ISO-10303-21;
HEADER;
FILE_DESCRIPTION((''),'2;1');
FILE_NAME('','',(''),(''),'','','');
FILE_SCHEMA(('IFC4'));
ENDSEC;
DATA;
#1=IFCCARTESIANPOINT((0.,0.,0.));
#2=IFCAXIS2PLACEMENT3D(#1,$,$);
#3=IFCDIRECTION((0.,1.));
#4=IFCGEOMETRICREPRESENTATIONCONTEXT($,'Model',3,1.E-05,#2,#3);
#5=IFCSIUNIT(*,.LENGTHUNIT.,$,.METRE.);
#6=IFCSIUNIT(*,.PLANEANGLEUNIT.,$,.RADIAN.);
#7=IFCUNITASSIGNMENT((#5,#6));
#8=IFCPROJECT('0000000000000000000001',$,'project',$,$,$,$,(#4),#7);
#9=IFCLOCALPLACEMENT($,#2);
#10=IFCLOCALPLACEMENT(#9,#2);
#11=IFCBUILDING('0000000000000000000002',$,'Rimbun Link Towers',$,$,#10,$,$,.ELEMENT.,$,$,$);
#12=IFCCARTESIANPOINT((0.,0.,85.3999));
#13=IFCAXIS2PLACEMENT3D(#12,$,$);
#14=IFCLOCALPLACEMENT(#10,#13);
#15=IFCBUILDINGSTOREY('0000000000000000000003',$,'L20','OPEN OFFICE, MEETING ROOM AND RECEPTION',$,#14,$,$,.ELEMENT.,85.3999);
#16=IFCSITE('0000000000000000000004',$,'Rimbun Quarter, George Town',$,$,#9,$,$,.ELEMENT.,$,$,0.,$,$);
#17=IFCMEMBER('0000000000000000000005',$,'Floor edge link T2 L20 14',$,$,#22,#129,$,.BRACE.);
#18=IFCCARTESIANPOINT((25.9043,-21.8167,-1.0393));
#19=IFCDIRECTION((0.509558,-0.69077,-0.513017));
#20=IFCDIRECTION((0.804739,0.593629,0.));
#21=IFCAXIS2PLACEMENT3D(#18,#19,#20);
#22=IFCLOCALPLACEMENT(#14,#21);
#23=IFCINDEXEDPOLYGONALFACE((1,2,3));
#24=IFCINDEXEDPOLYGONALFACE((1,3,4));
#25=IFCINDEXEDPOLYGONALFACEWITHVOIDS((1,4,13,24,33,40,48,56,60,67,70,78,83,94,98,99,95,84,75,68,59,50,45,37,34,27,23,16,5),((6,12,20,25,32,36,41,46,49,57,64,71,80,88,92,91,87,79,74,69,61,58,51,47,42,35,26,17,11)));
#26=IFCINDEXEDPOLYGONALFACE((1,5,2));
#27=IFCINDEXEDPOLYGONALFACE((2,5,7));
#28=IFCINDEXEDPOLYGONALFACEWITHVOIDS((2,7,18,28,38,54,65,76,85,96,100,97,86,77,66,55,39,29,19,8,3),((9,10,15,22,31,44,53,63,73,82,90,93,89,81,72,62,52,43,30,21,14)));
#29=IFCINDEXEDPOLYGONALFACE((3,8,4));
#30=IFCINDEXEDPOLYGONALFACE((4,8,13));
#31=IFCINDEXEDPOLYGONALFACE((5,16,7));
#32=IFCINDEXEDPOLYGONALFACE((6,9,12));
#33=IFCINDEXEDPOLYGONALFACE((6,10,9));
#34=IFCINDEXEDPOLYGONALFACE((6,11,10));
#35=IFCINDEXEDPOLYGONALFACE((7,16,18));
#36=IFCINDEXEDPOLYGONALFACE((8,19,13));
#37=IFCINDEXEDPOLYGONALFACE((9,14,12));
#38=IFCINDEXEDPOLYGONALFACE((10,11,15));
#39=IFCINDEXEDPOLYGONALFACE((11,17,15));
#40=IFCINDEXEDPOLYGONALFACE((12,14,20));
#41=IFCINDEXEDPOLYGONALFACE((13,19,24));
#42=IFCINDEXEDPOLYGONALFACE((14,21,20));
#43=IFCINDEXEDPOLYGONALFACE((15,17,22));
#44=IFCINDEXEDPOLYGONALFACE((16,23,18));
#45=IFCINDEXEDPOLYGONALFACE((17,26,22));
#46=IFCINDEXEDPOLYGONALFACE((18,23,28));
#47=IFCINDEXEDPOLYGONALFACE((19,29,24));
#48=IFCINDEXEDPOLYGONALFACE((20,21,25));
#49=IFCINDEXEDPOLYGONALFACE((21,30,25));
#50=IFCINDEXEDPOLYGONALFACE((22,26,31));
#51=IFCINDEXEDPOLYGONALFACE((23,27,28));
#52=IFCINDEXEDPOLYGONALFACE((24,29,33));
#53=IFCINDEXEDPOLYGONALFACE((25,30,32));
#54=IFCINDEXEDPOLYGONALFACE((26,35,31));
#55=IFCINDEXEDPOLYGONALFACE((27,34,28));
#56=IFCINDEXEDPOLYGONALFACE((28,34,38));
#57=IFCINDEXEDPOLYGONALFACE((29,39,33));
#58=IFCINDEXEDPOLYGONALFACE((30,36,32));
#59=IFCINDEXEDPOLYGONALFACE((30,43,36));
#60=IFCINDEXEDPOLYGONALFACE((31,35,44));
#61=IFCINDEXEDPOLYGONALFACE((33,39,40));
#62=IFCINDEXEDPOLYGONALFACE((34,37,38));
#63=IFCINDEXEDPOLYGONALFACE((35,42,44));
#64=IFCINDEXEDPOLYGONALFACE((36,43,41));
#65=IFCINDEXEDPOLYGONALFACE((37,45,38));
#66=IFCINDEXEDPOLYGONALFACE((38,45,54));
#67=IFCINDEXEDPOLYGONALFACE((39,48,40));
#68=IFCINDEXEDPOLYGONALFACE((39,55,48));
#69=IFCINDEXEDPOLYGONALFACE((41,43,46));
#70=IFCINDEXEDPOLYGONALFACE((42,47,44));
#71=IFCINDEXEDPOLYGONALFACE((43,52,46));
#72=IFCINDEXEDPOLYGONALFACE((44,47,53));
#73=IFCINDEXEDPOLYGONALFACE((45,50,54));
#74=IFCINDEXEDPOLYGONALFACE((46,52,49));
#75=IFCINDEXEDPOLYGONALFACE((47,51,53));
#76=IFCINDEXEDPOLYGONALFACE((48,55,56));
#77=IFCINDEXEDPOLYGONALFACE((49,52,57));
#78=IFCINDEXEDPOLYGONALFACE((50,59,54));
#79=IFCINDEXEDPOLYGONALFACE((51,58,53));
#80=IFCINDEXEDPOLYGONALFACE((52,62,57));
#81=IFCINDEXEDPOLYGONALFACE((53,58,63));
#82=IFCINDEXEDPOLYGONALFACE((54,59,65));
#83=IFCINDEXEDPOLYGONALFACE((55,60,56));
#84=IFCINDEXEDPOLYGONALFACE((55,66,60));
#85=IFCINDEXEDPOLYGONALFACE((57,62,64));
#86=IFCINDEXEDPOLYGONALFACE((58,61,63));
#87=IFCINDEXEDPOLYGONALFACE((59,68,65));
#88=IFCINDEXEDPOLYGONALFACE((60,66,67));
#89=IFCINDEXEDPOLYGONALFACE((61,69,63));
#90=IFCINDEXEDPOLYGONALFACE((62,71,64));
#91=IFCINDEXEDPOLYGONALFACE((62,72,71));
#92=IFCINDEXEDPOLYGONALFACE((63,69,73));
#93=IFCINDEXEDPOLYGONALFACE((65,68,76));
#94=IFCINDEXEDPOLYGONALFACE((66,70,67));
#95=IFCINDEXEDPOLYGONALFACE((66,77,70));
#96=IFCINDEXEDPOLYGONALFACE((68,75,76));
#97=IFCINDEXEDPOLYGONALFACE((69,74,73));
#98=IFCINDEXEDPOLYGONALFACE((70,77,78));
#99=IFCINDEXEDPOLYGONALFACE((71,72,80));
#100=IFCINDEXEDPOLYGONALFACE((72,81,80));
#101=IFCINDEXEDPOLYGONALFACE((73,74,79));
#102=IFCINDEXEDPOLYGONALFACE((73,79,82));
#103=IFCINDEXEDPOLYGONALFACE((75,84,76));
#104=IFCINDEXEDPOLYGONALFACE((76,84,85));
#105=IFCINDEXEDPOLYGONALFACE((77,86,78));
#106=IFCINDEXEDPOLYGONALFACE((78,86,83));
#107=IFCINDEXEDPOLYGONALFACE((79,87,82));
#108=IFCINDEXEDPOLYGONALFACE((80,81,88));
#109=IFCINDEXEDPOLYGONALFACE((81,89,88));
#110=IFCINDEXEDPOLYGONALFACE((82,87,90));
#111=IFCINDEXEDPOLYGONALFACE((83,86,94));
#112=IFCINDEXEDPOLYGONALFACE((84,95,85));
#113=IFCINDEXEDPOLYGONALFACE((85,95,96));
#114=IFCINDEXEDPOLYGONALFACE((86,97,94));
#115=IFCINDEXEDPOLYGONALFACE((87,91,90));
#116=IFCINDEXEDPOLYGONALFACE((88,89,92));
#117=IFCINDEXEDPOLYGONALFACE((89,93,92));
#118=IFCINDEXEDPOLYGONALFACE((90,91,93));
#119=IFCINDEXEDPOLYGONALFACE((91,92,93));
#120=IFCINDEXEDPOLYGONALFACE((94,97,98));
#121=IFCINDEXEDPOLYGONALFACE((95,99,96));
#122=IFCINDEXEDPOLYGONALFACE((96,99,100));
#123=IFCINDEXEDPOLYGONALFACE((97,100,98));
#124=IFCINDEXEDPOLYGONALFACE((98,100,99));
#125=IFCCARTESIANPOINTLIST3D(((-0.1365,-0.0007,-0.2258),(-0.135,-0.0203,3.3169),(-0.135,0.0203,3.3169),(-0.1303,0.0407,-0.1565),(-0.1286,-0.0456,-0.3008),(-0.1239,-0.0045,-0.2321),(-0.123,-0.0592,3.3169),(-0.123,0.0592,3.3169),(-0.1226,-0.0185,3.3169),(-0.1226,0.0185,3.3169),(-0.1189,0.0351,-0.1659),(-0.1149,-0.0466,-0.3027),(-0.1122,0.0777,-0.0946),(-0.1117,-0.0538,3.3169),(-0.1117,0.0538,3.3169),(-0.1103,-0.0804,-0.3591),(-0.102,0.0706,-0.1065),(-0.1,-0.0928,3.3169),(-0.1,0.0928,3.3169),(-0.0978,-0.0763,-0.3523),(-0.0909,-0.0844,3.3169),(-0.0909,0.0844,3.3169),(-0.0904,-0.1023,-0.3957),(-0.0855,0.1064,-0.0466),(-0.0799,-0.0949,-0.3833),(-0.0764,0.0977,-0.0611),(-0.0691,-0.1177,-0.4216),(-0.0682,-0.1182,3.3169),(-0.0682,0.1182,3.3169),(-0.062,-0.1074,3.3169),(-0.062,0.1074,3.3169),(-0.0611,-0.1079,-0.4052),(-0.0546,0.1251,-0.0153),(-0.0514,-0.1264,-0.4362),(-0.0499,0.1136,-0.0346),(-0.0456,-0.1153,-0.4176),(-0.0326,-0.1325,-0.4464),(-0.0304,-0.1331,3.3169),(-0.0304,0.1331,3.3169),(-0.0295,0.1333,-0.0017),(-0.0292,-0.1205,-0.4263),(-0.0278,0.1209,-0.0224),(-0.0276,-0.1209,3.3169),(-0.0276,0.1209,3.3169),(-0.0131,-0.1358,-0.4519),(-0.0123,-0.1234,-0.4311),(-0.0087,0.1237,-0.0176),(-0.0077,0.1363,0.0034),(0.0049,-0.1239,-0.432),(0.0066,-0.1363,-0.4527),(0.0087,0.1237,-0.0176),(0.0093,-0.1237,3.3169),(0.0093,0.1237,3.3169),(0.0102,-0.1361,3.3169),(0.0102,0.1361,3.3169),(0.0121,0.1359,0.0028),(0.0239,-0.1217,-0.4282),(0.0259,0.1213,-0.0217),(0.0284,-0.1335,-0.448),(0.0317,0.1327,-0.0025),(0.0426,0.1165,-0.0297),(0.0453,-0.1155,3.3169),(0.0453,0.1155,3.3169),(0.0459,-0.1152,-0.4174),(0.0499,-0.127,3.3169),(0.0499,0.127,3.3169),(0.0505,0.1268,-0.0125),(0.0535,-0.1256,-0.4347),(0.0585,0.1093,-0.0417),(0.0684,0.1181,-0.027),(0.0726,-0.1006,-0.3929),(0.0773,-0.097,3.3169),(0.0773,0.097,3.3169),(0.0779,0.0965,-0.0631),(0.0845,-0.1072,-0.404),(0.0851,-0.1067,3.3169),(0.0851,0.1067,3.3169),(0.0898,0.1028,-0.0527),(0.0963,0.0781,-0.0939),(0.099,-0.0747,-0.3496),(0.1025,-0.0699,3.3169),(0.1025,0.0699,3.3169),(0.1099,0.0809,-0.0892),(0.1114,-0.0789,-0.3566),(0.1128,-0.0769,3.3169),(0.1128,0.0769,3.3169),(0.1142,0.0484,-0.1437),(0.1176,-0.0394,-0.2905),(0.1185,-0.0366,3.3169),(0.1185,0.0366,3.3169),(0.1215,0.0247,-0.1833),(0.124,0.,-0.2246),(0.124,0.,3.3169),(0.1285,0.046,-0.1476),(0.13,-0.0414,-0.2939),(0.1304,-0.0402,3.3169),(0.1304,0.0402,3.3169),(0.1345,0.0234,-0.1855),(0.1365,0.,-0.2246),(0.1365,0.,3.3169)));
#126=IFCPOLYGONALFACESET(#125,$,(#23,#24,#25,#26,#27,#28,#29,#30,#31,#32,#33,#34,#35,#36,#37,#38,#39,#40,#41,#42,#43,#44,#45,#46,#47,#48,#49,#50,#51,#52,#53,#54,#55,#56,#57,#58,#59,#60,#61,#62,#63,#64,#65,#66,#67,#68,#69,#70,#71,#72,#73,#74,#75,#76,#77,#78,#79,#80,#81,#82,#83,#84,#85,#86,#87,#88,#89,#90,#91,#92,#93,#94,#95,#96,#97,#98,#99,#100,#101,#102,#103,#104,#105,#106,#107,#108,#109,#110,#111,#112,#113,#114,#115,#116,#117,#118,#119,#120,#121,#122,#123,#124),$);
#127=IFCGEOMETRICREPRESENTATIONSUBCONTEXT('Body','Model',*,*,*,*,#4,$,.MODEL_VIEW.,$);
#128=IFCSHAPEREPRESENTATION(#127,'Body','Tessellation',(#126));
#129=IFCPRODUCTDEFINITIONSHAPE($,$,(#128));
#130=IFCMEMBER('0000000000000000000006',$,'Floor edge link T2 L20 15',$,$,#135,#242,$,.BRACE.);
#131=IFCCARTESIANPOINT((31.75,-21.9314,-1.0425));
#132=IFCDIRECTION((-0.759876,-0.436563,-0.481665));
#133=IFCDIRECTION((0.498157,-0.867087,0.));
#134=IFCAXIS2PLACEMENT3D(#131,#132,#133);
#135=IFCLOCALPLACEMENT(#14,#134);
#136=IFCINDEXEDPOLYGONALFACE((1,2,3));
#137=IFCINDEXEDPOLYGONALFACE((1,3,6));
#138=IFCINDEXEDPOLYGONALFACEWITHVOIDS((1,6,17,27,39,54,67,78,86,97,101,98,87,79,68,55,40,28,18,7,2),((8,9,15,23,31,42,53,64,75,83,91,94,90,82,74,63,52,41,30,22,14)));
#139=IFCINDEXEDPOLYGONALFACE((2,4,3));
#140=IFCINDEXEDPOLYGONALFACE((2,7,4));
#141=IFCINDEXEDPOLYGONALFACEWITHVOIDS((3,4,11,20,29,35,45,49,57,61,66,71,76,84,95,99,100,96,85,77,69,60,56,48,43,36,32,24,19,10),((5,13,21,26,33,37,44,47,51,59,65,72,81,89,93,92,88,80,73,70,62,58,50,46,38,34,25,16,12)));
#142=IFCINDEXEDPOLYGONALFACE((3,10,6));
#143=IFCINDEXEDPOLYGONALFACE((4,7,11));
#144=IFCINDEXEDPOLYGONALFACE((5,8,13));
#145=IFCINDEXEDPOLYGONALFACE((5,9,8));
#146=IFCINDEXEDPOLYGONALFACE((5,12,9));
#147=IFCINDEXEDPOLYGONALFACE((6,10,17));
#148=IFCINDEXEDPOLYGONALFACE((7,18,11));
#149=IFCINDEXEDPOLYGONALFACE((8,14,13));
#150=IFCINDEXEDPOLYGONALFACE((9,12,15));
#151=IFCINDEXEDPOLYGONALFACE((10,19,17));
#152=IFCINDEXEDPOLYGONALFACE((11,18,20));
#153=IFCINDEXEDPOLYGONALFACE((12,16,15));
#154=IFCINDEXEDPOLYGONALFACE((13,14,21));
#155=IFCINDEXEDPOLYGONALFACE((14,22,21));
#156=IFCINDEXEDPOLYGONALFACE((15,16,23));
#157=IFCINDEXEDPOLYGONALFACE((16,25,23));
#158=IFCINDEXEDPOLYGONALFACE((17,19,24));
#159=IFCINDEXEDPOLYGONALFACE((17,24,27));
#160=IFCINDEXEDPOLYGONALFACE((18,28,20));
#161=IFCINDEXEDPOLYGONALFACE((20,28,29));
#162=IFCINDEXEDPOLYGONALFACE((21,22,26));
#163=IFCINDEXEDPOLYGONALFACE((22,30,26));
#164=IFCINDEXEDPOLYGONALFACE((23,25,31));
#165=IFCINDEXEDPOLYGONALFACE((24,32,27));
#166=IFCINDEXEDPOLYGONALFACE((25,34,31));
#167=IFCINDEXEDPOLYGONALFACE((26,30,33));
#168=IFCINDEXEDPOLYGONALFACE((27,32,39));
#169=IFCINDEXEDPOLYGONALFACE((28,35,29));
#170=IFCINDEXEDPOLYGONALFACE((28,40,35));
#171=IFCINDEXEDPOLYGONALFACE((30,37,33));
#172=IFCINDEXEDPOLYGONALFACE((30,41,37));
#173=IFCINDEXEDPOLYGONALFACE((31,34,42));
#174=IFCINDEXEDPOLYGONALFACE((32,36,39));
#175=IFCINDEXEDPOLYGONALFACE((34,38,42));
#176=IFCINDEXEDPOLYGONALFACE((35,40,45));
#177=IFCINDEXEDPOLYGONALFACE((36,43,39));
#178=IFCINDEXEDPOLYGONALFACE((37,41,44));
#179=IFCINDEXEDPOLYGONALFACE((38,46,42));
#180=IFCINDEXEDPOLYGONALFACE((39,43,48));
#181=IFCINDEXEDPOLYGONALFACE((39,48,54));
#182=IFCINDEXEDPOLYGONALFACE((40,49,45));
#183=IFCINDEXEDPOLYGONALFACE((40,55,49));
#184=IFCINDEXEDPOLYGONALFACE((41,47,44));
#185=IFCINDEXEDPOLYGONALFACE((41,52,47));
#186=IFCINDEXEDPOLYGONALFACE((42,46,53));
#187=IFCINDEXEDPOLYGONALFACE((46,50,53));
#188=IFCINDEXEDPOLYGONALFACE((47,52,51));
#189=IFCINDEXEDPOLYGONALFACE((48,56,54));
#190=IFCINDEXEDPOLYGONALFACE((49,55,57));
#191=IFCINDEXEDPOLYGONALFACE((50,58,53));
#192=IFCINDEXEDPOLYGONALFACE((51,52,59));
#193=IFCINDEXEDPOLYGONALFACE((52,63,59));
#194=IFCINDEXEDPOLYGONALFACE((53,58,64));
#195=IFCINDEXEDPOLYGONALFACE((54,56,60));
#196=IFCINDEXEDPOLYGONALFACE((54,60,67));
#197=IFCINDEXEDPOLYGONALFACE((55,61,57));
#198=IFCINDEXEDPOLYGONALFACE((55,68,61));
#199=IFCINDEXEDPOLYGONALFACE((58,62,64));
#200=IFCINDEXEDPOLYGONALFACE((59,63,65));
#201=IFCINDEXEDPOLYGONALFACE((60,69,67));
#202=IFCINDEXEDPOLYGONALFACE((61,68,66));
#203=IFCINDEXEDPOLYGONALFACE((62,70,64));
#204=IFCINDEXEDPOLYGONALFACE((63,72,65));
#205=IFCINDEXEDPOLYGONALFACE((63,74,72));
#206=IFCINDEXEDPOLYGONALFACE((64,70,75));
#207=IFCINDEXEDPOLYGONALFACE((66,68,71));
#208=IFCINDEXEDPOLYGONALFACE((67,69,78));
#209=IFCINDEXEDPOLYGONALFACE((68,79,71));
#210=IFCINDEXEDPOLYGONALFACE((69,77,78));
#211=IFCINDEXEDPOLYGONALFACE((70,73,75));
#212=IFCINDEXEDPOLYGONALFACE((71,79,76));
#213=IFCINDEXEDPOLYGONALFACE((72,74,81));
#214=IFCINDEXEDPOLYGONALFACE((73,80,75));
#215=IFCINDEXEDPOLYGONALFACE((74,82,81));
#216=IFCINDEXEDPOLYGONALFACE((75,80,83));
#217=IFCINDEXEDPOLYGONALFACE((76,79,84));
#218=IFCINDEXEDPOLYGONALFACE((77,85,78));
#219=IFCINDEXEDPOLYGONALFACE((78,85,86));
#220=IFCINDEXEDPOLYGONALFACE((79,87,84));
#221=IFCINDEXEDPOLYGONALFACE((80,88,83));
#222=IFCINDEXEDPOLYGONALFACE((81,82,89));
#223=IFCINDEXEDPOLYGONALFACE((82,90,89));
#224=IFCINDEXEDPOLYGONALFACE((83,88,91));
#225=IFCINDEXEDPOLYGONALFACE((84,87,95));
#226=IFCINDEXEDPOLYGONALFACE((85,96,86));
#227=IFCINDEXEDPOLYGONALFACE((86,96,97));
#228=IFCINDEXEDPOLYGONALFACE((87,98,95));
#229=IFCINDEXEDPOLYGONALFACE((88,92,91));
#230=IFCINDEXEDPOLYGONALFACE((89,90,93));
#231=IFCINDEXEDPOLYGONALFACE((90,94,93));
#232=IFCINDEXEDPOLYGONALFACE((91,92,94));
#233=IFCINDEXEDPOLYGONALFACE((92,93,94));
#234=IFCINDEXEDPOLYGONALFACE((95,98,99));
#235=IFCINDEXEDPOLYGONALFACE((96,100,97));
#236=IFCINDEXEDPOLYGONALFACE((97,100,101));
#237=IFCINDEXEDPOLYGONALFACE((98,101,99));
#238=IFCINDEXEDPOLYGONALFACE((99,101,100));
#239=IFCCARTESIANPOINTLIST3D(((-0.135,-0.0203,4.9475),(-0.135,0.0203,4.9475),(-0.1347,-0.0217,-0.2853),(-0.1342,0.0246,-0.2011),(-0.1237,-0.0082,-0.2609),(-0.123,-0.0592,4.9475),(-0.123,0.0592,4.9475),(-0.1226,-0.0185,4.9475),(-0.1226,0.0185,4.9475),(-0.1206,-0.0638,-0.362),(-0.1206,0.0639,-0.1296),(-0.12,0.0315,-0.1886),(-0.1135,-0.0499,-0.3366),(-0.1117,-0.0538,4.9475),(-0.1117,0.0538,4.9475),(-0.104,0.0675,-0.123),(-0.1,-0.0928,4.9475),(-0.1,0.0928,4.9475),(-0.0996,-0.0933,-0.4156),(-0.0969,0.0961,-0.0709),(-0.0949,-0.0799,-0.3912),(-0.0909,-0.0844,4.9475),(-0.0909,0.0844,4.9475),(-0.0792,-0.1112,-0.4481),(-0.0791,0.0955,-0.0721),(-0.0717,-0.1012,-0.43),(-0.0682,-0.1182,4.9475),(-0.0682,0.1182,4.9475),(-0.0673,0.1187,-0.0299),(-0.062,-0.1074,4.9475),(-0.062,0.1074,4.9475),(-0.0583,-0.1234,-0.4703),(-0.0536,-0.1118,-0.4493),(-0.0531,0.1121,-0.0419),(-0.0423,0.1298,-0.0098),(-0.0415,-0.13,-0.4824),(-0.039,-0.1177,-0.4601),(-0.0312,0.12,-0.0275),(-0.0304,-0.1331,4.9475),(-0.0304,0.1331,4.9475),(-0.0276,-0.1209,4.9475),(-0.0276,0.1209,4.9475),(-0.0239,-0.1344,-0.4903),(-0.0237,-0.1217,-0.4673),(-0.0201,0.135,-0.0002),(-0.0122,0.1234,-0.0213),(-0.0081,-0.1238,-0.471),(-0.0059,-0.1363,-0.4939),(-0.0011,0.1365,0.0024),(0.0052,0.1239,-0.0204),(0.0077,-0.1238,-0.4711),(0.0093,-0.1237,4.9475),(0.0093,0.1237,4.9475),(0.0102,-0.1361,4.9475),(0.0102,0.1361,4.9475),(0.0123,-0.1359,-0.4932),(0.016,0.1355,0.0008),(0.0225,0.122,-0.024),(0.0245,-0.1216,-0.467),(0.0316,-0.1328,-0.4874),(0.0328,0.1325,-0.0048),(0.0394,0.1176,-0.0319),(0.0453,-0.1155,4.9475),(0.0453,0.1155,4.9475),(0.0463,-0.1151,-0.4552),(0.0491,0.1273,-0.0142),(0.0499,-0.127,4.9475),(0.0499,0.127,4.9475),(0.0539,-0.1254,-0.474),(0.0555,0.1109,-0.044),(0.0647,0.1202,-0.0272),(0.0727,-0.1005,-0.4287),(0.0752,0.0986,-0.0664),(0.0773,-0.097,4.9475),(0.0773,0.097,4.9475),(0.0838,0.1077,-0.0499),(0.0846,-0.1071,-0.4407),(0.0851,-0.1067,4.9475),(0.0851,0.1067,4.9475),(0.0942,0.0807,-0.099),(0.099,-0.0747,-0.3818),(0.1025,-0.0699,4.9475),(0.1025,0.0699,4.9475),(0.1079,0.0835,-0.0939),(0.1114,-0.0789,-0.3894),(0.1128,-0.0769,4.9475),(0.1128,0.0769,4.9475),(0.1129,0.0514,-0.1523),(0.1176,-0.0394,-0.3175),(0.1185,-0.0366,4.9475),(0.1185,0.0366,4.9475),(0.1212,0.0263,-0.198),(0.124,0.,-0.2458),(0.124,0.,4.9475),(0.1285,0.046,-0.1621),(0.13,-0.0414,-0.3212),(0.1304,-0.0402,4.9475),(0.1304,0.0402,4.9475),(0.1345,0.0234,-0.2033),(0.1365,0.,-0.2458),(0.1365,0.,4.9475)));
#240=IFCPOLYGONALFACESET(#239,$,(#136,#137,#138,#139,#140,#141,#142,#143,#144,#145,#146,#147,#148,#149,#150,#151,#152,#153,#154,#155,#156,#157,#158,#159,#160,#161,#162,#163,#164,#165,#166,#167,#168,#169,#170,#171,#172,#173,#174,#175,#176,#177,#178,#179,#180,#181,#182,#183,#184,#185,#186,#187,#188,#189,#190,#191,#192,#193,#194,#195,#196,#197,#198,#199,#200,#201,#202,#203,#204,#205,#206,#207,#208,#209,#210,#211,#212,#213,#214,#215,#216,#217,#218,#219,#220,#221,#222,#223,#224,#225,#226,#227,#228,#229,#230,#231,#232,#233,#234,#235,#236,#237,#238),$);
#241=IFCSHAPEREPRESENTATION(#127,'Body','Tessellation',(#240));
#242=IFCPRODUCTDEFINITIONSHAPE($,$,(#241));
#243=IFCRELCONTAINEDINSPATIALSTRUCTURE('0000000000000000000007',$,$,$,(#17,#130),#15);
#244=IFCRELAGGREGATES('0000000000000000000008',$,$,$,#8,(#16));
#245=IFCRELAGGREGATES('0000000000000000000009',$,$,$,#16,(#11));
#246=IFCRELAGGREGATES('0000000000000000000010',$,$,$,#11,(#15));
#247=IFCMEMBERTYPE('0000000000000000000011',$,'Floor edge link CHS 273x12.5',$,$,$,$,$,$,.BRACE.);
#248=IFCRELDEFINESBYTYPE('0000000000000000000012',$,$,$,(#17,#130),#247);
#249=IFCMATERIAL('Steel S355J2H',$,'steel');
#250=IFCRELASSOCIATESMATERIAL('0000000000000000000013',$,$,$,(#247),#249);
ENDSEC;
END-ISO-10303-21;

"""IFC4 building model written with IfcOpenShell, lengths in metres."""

from ifc_helpers import new_model, si_unit, direction, frame, origin, origin_2d, place, context, subcontext, project, spatial, hollow_circle, extrude, clip, halfspace, material, material_profile, profile_set, type_object, element, save


model = new_model("IFC4")

# Units and contexts
model_context = context("Model", 3, precision=1e-05, world=origin(), true_north=direction((0.0, 1.0)))
body_context = subcontext(model_context, "Body", "Model", "MODEL_VIEW")
ifc_project = project(units=[si_unit("LENGTHUNIT", "METRE"), si_unit("PLANEANGLEUNIT", "RADIAN")], contexts=[model_context])

# Site, building, storey
site_placement = place(None, origin())
site = spatial("IfcSite", under=ifc_project, at=site_placement, Name="Rimbun Quarter, George Town", CompositionType="ELEMENT", RefElevation=0.0)
building_placement = place(site_placement, origin())
building = spatial("IfcBuilding", under=site, at=building_placement, Name="Rimbun Link Towers", CompositionType="ELEMENT")
storey_placement = place(building_placement, frame((0.0, 0.0, 85.3999)))
storey = spatial("IfcBuildingStorey", under=building, at=storey_placement, Name="L20", Description="OPEN OFFICE, MEETING ROOM AND RECEPTION", CompositionType="ELEMENT", Elevation=85.3999)

# Members
ifc_material_1 = material(Name="Steel S355J2H", Category="steel")
ifc_material_profile_1 = material_profile(ifc_material_1, hollow_circle(Radius=0.1365, WallThickness=0.0125, at=origin_2d()), Name="CHS 273x12.5")
ifc_profile_set_1 = profile_set([ifc_material_profile_1], Name="Steel S355J2H")
member_type_1 = type_object("IfcMemberType", Name="Floor edge link CHS 273x12.5", PredefinedType="BRACE", material=ifc_profile_set_1)
member_1_placement = place(storey_placement, frame((25.9043, -21.8167, -1.0393), z_axis=(0.509558, -0.69077, -0.513017), x_axis=(0.804739, 0.593629, 0.0)))
element("IfcMember", 1, at=member_1_placement, inside=storey, type_object=member_type_1, Name="Floor edge link T2 L20 14", PredefinedType="BRACE", context=body_context, shape_type="Clipping", body=[
    clip(extrude(hollow_circle(Radius=0.1365, WallThickness=0.0125, at=origin_2d()), frame((0.0, 0.0, -0.4763)), (0.0, 0.0, 1.0), 3.7932), halfspace(frame((0.0, 0.0, -0.2246), z_axis=(0.0, 0.858378, -0.513017)), False)),
])
member_2_placement = place(storey_placement, frame((31.75, -21.9314, -1.0425), z_axis=(-0.759876, -0.436563, -0.481665), x_axis=(0.498157, -0.867087, 0.0)))
element("IfcMember", 2, at=member_2_placement, inside=storey, type_object=member_type_1, Name="Floor edge link T2 L20 15", PredefinedType="BRACE", context=body_context, shape_type="Clipping", body=[
    clip(extrude(hollow_circle(Radius=0.1365, WallThickness=0.0125, at=origin_2d()), frame((0.0, 0.0, -0.5176)), (0.0, 0.0, 1.0), 5.4651), halfspace(frame((0.0, 0.0, -0.2458), z_axis=(0.0, 0.876356, -0.481665)), False)),
])

save(model, "model.ifc")
